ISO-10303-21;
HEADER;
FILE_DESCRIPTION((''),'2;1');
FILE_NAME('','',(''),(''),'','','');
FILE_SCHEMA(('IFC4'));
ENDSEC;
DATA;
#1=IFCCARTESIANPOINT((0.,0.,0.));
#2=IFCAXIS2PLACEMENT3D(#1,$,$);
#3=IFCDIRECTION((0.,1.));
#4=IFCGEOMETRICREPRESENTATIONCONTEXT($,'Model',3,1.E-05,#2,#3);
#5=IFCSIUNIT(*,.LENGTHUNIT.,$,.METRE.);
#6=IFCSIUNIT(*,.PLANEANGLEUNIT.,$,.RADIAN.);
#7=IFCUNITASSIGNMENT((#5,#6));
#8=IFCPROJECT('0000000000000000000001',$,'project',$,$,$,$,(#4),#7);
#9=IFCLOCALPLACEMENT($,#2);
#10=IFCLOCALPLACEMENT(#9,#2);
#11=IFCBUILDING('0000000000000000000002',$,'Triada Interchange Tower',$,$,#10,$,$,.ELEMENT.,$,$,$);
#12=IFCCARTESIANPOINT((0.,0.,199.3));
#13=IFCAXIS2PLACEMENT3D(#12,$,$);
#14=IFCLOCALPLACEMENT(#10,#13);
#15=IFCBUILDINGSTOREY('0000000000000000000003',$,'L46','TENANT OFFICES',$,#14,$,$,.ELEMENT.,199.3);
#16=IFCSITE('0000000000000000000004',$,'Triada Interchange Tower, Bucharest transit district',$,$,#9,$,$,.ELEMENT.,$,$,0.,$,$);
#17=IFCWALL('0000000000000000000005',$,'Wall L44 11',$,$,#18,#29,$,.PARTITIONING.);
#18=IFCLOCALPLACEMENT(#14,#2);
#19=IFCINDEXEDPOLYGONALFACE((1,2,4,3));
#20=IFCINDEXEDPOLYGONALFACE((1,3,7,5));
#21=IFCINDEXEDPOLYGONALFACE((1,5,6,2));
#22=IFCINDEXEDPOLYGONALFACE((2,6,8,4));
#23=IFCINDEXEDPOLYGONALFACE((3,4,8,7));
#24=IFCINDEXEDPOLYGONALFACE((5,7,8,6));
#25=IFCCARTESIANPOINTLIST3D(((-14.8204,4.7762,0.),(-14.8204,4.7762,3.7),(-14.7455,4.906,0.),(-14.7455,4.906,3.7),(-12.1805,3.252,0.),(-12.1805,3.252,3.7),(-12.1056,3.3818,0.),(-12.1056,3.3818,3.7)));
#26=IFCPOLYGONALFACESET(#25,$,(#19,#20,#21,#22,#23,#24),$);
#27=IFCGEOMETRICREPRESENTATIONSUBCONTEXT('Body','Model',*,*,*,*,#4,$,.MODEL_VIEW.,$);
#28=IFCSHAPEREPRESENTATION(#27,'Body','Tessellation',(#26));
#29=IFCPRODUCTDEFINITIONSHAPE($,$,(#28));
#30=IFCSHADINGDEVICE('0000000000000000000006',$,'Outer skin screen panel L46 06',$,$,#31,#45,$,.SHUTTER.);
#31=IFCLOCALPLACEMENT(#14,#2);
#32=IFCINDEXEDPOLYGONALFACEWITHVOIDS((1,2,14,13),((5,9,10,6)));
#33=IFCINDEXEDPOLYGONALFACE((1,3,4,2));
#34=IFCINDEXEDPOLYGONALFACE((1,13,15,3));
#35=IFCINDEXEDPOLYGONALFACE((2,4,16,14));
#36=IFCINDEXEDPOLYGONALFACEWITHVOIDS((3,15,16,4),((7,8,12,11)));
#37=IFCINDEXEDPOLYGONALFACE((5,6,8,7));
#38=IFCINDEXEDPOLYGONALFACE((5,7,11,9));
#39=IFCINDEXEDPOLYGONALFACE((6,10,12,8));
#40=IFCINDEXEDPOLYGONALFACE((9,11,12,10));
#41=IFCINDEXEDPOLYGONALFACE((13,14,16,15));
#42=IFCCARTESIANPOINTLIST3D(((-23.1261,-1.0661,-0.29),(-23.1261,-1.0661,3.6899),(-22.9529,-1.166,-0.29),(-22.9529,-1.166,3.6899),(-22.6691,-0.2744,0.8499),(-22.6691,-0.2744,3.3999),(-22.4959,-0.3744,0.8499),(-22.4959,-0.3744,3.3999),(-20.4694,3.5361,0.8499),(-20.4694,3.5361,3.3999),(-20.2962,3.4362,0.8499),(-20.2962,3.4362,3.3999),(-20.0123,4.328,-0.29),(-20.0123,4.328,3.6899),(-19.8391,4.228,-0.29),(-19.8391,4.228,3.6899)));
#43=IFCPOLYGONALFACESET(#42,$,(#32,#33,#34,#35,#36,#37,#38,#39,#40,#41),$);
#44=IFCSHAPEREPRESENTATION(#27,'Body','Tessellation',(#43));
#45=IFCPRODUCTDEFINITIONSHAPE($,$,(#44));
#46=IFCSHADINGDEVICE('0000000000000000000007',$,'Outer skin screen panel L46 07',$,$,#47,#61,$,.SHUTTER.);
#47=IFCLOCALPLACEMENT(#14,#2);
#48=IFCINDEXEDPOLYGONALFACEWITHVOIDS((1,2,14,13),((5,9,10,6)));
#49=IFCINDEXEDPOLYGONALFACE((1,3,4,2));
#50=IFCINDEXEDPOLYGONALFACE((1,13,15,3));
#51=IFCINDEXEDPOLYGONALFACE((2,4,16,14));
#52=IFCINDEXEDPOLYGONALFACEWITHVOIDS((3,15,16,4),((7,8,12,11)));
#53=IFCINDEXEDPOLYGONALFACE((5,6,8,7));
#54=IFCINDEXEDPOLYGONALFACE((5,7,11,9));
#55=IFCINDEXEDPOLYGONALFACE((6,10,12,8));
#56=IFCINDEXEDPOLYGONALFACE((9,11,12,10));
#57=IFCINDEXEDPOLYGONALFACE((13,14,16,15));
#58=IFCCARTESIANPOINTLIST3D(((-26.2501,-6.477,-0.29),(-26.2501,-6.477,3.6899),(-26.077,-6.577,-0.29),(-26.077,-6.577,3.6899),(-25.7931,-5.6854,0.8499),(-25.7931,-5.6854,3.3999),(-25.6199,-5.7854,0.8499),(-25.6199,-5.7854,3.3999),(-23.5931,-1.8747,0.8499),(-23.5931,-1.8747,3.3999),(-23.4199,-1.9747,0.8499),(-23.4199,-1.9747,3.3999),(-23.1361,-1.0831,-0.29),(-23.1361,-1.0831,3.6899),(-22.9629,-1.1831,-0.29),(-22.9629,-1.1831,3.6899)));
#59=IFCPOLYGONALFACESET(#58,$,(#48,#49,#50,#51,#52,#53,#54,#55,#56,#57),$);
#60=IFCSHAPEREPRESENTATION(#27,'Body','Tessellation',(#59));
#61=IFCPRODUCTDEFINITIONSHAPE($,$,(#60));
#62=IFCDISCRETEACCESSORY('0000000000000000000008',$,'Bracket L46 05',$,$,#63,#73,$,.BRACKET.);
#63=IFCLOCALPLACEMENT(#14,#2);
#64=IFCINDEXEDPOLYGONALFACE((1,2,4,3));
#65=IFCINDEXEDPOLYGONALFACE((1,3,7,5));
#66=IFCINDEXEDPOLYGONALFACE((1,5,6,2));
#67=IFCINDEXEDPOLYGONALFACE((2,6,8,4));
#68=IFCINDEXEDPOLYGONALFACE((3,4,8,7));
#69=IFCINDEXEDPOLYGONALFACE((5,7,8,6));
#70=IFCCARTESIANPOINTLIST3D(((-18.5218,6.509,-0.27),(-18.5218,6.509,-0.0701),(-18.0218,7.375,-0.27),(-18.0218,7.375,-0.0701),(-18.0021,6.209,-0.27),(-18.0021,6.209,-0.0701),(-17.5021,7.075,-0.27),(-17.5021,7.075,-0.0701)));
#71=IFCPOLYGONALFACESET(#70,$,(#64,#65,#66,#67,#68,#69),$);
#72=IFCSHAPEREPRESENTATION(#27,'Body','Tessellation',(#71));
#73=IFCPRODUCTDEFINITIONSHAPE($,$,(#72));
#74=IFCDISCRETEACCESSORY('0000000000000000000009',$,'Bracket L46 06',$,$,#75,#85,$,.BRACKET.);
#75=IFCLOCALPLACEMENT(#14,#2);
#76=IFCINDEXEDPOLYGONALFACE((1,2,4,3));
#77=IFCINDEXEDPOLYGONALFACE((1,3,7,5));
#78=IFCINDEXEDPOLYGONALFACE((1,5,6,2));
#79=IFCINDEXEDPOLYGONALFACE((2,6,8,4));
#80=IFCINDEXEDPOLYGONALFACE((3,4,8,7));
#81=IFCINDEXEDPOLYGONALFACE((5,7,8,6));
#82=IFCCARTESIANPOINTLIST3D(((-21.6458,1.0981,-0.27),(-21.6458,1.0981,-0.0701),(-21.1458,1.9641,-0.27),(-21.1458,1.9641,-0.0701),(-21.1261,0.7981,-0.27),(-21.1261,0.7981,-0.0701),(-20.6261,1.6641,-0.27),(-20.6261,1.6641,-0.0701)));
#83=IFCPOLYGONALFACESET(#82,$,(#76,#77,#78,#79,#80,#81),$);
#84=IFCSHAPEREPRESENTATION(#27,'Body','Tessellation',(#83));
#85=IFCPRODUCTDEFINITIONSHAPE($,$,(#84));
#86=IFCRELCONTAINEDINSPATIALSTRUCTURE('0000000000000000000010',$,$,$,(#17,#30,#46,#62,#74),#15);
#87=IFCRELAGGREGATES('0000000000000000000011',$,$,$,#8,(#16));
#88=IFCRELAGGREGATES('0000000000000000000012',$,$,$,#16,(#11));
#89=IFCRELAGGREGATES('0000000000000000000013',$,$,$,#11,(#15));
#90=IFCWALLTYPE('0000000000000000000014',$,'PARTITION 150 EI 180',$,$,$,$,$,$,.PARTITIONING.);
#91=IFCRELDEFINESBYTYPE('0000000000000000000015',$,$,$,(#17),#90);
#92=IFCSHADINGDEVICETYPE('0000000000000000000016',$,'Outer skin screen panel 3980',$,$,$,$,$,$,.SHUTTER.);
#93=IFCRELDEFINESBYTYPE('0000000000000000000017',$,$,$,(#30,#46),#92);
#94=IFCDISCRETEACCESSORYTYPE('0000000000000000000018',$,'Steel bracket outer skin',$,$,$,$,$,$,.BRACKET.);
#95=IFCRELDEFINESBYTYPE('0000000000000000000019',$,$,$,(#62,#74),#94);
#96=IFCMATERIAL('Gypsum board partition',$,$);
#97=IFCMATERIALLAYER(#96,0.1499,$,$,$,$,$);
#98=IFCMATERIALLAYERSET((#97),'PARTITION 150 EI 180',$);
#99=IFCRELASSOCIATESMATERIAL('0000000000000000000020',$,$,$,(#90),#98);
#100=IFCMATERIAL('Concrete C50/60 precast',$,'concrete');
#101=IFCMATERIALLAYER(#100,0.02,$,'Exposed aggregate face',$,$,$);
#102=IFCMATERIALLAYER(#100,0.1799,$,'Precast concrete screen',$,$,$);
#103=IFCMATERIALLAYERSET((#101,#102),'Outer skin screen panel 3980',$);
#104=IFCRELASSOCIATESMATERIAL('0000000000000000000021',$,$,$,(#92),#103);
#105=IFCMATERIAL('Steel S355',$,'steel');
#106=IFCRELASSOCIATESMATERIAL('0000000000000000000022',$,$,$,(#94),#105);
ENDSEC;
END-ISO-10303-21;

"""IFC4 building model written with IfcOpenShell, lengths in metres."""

from ifc_helpers import new_model, si_unit, direction, frame, frame_2d, origin, origin_2d, place, context, subcontext, project, spatial, polyline, rectangle, outline, extrude, material, layer, layer_set, type_object, element, save


model = new_model("IFC4")

# Units and contexts
model_context = context("Model", 3, precision=1e-05, world=origin(), true_north=direction((0.0, 1.0)))
body_context = subcontext(model_context, "Body", "Model", "MODEL_VIEW")
ifc_project = project(units=[si_unit("LENGTHUNIT", "METRE"), si_unit("PLANEANGLEUNIT", "RADIAN")], contexts=[model_context])

# Site, building, storey
site_placement = place(None, origin())
site = spatial("IfcSite", under=ifc_project, at=site_placement, Name="Triada Interchange Tower, Bucharest transit district", CompositionType="ELEMENT", RefElevation=0.0)
building_placement = place(site_placement, origin())
building = spatial("IfcBuilding", under=site, at=building_placement, Name="Triada Interchange Tower", CompositionType="ELEMENT")
storey_placement = place(building_placement, frame((0.0, 0.0, 199.3)))
storey = spatial("IfcBuildingStorey", under=building, at=storey_placement, Name="L46", Description="TENANT OFFICES", CompositionType="ELEMENT", Elevation=199.3)

# Wall
ifc_material_1 = material(Name="Gypsum board partition")
ifc_layer_1 = layer(ifc_material_1, 0.1499)
ifc_layer_set_1 = layer_set([ifc_layer_1], Name="PARTITION 150 EI 180")
wall_type_1 = type_object("IfcWallType", Name="PARTITION 150 EI 180", PredefinedType="PARTITIONING", material=ifc_layer_set_1)
wall_1_placement = place(storey_placement, frame((-14.783, 4.8411, 0.0), z_axis=(0.0, 0.0, 1.0), x_axis=(0.866022, -0.500007, 0.0)))
element("IfcWall", 1, at=wall_1_placement, inside=storey, type_object=wall_type_1, Name="Wall L44 11", PredefinedType="PARTITIONING", context=body_context, shape_type="SweptSolid", body=[
    extrude(rectangle(XDim=3.0483, YDim=0.1499, at=frame_2d((1.5242, 0.0))), origin(), (0.0, 0.0, 1.0), 3.7),
])

# Shading devices
ifc_material_2 = material(Name="Concrete C50/60 precast", Category="concrete")
ifc_layer_2 = layer(ifc_material_2, 0.02, Name="Exposed aggregate face")
ifc_layer_3 = layer(ifc_material_2, 0.1799, Name="Precast concrete screen")
ifc_layer_set_2 = layer_set([ifc_layer_2, ifc_layer_3], Name="Outer skin screen panel 3980")
shading_device_type = type_object("IfcShadingDeviceType", Name="Outer skin screen panel 3980", PredefinedType="SHUTTER", material=ifc_layer_set_2)
shading_device_1_placement = place(storey_placement, frame((-19.8391, 4.228, -0.29), z_axis=(0.0, 0.0, 1.0), x_axis=(-0.499942, -0.866059, 0.0)))
element("IfcShadingDevice", 2, at=shading_device_1_placement, inside=storey, type_object=shading_device_type, Name="Outer skin screen panel L46 06", PredefinedType="SHUTTER", context=body_context, shape_type="SweptSolid", body=[
    extrude(outline(polyline([(0.0, 0.0), (6.2283, 0.0), (6.2283, 3.98), (0.0, 3.98), (0.0, 0.0)]), holes=[polyline([(0.9143, 1.1399), (0.9143, 3.6899), (5.3142, 3.6899), (5.3142, 1.1399), (0.9143, 1.1399)])]), frame((0.0, 0.0, 0.0), z_axis=(0.0, -1.0, 0.0), x_axis=(1.0, 0.0, 0.0)), (0.0, 0.0, 1.0), 0.2),
])
shading_device_2_placement = place(storey_placement, frame((-22.9629, -1.1831, -0.29), z_axis=(0.0, 0.0, 1.0), x_axis=(-0.499988, -0.866032, 0.0)))
element("IfcShadingDevice", 3, at=shading_device_2_placement, inside=storey, type_object=shading_device_type, Name="Outer skin screen panel L46 07", PredefinedType="SHUTTER", context=body_context, shape_type="SweptSolid", body=[
    extrude(outline(polyline([(0.0, 0.0), (6.2283, 0.0), (6.2283, 3.98), (0.0, 3.98), (0.0, 0.0)]), holes=[polyline([(0.9141, 1.1399), (0.9141, 3.6899), (5.3142, 3.6899), (5.3142, 1.1399), (0.9141, 1.1399)])]), frame((0.0, 0.0, 0.0), z_axis=(0.0, -1.0, 0.0), x_axis=(1.0, 0.0, 0.0)), (0.0, 0.0, 1.0), 0.2),
])

# Discrete accessories
ifc_material_3 = material(Name="Steel S355", Category="steel")
discrete_accessory_type = type_object("IfcDiscreteAccessoryType", Name="Steel bracket outer skin", PredefinedType="BRACKET", material=ifc_material_3)
for number, where, z_axis, x_axis, name in (
    (4, (-18.012, 6.792, -0.27), (0.0, 0.0, 1.0), (-0.866023, 0.500003, 0.0), "Bracket L46 05"),
    (5, (-21.136, 1.3811, -0.27), (0.0, 0.0, 1.0), (-0.866023, 0.500003, 0.0), "Bracket L46 06"),
):
    element("IfcDiscreteAccessory", number, at=place(storey_placement, frame(where, z_axis=z_axis, x_axis=x_axis)), inside=storey, type_object=discrete_accessory_type, Name=name, PredefinedType="BRACKET", context=body_context, shape_type="SweptSolid", body=[
        extrude(rectangle(XDim=0.6001, YDim=1.0, at=origin_2d()), origin(), (0.0, 0.0, 1.0), 0.2),
    ])

save(model, "model.ifc")
